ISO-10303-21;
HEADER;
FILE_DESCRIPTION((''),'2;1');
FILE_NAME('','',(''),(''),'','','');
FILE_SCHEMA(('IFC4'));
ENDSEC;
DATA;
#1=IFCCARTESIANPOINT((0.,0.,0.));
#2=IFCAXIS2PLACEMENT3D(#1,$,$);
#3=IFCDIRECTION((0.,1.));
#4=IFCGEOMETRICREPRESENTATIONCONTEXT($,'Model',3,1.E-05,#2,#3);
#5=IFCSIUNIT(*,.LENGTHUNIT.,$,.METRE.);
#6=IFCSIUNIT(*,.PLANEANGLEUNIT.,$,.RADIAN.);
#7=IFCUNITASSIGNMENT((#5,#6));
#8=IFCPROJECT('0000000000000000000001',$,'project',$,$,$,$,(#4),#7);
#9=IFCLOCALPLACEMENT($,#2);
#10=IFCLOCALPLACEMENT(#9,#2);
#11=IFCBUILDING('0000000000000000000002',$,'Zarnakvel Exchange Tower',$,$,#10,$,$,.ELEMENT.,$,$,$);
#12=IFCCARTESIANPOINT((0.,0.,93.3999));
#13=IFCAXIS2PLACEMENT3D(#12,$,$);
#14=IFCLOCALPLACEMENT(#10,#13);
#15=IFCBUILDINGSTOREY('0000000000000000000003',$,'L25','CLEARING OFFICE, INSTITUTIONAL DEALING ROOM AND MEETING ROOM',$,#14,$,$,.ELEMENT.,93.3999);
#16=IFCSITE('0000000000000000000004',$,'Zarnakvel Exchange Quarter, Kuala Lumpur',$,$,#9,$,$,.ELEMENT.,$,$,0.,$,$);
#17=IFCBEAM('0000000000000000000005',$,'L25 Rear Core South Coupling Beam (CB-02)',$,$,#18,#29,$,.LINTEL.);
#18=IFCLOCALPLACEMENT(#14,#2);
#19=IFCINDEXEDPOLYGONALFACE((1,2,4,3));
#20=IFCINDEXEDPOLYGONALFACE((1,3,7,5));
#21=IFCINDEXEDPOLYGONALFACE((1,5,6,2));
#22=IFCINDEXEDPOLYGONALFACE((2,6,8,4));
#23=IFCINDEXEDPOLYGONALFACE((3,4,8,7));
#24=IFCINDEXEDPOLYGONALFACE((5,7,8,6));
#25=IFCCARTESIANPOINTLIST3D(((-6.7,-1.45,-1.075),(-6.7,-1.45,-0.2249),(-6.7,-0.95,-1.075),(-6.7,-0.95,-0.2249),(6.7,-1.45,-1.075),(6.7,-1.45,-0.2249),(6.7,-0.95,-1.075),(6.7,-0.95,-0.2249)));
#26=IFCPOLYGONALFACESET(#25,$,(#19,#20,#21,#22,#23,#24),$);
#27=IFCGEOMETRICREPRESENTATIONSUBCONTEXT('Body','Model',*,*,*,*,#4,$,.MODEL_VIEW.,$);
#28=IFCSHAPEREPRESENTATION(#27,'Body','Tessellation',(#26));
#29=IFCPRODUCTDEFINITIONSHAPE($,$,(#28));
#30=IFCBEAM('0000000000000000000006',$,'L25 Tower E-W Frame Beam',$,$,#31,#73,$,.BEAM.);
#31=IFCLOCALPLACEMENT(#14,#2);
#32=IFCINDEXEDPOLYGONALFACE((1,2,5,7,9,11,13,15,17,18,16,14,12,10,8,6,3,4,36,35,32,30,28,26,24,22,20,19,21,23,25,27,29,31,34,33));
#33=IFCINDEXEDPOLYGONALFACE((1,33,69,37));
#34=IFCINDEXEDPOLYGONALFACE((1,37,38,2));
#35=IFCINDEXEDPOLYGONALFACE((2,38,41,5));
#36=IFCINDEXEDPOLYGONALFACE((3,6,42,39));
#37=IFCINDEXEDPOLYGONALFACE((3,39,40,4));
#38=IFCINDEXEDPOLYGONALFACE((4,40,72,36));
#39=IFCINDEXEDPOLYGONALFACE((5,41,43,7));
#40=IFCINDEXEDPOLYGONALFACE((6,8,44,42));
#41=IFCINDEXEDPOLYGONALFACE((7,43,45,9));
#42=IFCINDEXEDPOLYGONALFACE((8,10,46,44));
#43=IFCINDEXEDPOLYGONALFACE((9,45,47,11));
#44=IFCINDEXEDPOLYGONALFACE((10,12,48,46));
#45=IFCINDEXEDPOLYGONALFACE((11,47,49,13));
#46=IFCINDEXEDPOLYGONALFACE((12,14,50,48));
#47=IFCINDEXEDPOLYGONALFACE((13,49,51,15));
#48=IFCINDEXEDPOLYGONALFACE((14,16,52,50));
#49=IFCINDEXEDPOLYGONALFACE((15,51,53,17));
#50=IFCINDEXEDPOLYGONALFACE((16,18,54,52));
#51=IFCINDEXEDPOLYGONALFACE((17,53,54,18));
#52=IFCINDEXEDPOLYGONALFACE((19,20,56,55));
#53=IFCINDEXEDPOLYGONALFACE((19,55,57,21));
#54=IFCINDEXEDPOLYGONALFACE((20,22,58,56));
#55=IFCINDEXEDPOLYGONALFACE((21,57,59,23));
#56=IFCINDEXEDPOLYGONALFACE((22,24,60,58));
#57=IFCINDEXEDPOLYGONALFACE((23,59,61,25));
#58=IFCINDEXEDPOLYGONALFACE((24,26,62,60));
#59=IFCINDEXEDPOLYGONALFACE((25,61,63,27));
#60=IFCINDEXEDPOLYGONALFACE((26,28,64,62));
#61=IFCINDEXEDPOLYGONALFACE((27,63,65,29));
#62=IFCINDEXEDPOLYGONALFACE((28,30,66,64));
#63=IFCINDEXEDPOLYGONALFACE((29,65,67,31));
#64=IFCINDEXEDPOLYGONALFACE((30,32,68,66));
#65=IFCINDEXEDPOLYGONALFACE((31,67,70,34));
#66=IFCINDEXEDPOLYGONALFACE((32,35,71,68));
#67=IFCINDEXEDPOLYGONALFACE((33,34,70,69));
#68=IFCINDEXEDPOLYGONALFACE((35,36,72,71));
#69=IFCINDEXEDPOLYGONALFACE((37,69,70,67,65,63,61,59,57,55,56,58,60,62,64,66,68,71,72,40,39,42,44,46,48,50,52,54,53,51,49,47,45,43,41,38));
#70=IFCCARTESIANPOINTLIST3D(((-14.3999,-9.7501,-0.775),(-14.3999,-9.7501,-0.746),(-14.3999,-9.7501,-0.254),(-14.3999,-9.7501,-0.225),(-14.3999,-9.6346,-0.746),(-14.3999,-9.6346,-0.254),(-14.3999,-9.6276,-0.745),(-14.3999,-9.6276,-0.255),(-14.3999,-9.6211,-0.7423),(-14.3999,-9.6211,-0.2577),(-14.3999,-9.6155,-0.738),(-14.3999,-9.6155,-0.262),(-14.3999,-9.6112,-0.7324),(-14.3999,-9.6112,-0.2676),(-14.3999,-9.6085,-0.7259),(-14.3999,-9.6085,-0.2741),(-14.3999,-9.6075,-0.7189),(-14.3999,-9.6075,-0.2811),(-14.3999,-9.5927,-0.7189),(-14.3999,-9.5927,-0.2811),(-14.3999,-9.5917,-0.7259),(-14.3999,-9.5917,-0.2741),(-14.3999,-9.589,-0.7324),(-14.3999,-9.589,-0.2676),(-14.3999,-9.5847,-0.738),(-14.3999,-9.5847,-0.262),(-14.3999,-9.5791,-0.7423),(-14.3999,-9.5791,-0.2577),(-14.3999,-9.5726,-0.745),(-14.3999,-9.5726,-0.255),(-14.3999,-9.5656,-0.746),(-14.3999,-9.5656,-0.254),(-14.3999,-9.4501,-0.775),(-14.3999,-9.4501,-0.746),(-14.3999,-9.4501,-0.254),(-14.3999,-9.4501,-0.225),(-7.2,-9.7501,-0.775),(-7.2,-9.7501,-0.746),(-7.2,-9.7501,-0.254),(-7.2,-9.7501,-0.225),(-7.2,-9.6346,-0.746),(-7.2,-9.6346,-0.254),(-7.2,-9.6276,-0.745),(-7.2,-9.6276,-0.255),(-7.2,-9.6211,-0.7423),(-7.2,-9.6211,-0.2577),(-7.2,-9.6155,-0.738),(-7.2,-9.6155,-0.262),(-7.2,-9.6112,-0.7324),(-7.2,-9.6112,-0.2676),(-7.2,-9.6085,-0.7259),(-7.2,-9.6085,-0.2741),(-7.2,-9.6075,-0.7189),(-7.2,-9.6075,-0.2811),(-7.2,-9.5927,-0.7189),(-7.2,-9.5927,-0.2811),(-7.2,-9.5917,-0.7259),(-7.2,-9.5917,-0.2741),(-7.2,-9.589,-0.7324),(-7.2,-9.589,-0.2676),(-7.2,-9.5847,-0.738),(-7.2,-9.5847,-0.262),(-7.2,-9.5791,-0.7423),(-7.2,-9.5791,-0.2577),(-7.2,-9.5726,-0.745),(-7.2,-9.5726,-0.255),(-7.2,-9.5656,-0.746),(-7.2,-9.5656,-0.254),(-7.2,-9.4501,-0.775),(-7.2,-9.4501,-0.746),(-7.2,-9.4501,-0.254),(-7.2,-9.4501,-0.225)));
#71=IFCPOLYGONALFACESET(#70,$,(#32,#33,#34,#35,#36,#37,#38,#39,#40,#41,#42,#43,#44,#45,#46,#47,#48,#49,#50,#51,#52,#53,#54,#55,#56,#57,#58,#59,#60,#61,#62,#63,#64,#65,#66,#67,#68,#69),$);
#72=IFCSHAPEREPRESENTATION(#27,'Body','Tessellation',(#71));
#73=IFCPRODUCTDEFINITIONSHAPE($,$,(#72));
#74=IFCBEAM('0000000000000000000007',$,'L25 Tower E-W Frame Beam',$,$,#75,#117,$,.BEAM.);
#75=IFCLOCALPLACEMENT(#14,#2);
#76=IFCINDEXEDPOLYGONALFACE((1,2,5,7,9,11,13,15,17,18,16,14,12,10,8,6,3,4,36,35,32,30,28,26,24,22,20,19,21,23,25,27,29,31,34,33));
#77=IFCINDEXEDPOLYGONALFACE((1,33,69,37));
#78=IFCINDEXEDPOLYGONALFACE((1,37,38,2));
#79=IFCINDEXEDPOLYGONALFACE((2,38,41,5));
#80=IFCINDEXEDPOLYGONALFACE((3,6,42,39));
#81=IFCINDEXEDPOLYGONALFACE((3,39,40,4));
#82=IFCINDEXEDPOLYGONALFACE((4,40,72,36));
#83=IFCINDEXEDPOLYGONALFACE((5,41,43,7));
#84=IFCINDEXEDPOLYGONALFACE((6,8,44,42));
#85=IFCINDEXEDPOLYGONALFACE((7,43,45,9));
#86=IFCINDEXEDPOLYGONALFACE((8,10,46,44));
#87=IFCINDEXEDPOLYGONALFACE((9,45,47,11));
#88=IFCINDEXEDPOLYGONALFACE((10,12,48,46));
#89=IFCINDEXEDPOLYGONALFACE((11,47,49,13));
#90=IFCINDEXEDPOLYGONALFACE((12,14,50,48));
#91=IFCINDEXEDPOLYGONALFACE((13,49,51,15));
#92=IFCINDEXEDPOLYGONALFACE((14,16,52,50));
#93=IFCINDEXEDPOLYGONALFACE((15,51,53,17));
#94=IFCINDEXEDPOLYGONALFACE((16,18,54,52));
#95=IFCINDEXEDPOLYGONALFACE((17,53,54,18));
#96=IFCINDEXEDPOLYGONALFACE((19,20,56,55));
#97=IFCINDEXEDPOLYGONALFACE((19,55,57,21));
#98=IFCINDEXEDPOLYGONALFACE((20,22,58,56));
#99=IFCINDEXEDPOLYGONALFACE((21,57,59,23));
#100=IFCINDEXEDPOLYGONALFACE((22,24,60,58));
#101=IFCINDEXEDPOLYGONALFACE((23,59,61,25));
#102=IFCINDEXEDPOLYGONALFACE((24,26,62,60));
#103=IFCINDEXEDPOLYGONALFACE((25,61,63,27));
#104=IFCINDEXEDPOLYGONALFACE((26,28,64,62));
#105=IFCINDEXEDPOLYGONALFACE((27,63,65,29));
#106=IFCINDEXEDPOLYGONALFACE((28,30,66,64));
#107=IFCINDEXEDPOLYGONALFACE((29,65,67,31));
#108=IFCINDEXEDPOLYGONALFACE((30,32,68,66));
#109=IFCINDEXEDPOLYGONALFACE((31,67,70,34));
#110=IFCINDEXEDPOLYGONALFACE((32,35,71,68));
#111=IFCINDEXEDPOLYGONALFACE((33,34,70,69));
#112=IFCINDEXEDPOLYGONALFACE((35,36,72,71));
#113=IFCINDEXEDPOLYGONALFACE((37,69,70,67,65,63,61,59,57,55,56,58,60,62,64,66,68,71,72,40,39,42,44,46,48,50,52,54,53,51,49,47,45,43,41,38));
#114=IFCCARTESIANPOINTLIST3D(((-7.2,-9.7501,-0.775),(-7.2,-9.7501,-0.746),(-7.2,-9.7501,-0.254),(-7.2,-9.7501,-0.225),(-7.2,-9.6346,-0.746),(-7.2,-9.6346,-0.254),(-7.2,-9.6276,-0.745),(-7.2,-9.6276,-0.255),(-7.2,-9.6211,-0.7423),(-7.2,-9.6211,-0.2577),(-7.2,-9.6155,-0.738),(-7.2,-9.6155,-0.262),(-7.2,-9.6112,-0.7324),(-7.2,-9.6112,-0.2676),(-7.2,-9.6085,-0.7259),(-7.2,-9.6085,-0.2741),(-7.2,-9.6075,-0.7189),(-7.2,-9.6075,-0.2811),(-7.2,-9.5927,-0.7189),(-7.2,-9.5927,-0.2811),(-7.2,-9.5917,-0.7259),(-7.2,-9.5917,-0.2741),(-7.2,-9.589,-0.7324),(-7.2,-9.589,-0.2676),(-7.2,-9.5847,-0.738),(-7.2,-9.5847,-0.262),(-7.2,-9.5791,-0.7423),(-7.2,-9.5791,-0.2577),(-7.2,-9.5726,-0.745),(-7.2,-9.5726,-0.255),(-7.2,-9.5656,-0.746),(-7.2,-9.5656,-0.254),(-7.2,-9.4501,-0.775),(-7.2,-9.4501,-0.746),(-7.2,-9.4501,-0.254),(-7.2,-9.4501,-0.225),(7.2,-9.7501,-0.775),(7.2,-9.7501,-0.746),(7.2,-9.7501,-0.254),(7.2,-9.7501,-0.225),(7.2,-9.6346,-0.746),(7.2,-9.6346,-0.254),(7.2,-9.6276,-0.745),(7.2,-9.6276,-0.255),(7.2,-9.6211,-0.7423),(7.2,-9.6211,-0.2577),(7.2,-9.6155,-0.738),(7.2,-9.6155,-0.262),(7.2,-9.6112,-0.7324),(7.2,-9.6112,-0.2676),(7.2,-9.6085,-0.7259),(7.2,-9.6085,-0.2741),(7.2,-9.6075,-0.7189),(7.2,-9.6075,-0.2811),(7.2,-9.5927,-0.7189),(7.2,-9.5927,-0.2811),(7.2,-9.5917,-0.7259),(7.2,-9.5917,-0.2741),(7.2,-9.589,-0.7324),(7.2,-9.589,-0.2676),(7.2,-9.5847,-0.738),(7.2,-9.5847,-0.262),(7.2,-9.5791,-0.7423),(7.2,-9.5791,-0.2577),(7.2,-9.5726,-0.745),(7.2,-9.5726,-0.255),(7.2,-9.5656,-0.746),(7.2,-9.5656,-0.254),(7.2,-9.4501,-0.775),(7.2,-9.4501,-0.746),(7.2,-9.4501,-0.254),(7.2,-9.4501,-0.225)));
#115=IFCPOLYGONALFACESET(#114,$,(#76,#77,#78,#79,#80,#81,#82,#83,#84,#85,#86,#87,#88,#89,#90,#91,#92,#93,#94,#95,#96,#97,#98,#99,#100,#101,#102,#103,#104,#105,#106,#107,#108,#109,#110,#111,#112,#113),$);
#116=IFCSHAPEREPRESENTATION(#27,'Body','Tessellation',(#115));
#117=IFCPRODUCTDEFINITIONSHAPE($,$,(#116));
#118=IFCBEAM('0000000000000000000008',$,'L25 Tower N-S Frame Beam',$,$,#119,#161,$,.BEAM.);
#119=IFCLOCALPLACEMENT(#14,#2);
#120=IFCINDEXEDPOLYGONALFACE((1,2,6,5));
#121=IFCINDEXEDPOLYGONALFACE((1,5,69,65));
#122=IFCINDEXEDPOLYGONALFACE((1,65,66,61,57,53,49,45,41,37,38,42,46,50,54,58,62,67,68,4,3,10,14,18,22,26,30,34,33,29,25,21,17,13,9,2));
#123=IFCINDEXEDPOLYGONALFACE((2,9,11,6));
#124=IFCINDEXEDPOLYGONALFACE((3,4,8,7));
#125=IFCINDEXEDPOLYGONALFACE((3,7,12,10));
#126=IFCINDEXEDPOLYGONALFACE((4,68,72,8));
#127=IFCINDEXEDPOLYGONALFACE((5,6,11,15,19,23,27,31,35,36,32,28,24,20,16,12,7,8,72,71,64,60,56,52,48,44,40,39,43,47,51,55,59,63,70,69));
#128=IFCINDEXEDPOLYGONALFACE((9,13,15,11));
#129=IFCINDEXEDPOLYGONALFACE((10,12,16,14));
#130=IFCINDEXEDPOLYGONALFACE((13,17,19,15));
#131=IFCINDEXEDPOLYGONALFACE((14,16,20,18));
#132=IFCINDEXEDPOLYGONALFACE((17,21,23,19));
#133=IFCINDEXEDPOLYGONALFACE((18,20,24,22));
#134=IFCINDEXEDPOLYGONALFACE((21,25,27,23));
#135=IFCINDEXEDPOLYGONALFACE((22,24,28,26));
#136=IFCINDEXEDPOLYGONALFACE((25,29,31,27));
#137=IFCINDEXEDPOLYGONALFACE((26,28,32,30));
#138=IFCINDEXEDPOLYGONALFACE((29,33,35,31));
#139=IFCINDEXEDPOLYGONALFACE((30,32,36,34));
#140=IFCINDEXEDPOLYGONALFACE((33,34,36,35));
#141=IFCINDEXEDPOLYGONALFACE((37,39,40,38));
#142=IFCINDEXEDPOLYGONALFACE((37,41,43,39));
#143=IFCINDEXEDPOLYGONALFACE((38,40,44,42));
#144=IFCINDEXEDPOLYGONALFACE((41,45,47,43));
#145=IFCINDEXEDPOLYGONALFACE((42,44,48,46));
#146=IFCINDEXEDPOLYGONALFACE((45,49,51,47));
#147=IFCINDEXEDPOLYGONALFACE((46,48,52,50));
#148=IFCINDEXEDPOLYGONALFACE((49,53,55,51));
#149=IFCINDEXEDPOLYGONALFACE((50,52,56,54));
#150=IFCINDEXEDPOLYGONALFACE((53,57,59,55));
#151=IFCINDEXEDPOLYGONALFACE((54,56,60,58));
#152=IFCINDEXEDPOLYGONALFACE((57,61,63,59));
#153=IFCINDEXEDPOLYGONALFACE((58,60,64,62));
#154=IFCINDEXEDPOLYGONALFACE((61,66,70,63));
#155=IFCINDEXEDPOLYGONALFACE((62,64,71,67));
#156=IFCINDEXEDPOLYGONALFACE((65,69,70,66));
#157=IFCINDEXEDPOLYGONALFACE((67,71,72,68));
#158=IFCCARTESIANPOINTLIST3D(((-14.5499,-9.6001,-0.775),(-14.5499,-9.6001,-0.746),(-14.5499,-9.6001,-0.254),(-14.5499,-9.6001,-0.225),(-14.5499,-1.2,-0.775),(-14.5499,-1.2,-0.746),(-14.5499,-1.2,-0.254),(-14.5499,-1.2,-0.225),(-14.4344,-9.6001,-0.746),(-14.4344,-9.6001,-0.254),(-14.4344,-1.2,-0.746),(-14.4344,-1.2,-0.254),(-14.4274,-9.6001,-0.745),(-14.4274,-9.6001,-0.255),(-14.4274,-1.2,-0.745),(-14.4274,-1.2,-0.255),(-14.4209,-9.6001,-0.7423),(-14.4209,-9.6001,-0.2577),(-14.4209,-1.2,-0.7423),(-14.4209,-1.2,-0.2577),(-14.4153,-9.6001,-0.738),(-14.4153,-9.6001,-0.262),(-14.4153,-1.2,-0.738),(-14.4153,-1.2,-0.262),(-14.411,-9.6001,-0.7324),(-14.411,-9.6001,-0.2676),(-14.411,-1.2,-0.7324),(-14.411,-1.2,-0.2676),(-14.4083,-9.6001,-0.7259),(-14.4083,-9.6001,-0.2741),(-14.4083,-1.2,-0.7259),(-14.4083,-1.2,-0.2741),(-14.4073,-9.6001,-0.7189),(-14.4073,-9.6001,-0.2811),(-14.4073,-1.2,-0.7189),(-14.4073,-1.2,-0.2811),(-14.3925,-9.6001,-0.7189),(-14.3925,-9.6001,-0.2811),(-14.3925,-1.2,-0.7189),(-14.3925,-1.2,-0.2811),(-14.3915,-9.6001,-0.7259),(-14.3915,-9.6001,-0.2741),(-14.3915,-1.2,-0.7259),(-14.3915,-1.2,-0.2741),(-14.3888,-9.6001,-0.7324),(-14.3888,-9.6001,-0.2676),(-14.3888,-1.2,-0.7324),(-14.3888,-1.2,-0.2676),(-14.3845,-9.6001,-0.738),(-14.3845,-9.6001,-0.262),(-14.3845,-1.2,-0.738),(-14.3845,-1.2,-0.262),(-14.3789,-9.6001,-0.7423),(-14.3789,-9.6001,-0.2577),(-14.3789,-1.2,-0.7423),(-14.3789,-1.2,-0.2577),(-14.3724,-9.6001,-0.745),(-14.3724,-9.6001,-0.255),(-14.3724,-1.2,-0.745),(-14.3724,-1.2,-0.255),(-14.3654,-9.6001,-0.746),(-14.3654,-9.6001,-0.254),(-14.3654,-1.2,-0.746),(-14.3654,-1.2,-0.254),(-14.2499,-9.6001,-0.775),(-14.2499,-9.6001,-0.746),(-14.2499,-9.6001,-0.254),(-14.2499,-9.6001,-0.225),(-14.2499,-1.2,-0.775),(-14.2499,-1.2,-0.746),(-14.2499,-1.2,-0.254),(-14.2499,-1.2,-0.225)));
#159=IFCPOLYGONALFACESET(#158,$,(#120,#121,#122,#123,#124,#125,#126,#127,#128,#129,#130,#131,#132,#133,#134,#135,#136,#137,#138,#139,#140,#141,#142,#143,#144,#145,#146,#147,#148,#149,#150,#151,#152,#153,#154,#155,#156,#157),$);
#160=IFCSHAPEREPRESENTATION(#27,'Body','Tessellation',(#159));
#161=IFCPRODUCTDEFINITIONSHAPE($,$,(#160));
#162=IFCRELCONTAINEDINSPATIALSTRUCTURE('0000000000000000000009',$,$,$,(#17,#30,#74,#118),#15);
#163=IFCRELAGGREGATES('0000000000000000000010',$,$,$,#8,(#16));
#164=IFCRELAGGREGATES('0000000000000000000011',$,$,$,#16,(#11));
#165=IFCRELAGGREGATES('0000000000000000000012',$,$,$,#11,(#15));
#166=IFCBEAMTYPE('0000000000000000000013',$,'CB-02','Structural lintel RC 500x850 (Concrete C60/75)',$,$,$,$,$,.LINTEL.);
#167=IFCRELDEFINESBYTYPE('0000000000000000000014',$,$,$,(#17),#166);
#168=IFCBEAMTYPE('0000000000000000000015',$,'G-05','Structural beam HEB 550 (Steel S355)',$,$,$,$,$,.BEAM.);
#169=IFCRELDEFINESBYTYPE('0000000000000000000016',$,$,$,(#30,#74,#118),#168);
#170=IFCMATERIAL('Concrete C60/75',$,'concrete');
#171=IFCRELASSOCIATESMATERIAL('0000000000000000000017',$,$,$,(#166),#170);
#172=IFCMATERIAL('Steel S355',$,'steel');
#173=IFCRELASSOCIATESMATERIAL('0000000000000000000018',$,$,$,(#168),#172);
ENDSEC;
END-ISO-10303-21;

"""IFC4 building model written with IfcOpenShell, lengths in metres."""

from ifc_helpers import new_model, si_unit, direction, frame, origin, origin_2d, place, context, subcontext, project, spatial, rectangle, i_section, extrude, material, material_profile, profile_set, type_object, element, save


model = new_model("IFC4")

# Units and contexts
model_context = context("Model", 3, precision=1e-05, world=origin(), true_north=direction((0.0, 1.0)))
body_context = subcontext(model_context, "Body", "Model", "MODEL_VIEW")
ifc_project = project(units=[si_unit("LENGTHUNIT", "METRE"), si_unit("PLANEANGLEUNIT", "RADIAN")], contexts=[model_context])

# Site, building, storey
site_placement = place(None, origin())
site = spatial("IfcSite", under=ifc_project, at=site_placement, Name="Zarnakvel Exchange Quarter, Kuala Lumpur", CompositionType="ELEMENT", RefElevation=0.0)
building_placement = place(site_placement, origin())
building = spatial("IfcBuilding", under=site, at=building_placement, Name="Zarnakvel Exchange Tower", CompositionType="ELEMENT")
storey_placement = place(building_placement, frame((0.0, 0.0, 93.3999)))
storey = spatial("IfcBuildingStorey", under=building, at=storey_placement, Name="L25", Description="CLEARING OFFICE, INSTITUTIONAL DEALING ROOM AND MEETING ROOM", CompositionType="ELEMENT", Elevation=93.3999)

# Shared definitions
ifc_material_1 = material(Name="Concrete C60/75", Category="concrete")

# Beams
ifc_material_2 = material(Name="Steel S355", Category="steel")
ifc_material_profile_1 = material_profile(ifc_material_1, rectangle(XDim=0.5, YDim=0.8501, at=origin_2d()))
ifc_profile_set_1 = profile_set([ifc_material_profile_1], Name="Concrete C60/75")
beam_type_1 = type_object("IfcBeamType", Name="CB-02", Description="Structural lintel RC 500x850 (Concrete C60/75)", PredefinedType="LINTEL", material=ifc_profile_set_1)
beam_1_placement = place(storey_placement, frame((-6.7, -1.2, -0.6499), z_axis=(1.0, 0.0, 0.0), x_axis=(0.0, 1.0, 0.0)))
element("IfcBeam", 1, at=beam_1_placement, inside=storey, type_object=beam_type_1, Name="L25 Rear Core South Coupling Beam (CB-02)", PredefinedType="LINTEL", context=body_context, shape_type="SweptSolid", body=[
    extrude(rectangle(XDim=0.5, YDim=0.8501, at=origin_2d()), origin(), (0.0, 0.0, 1.0), 13.3999),
])
ifc_material_profile_2 = material_profile(ifc_material_2, i_section(OverallWidth=0.3, OverallDepth=0.55, WebThickness=0.0149, FlangeThickness=0.0291, FilletRadius=0.0271, at=origin_2d()))
ifc_profile_set_2 = profile_set([ifc_material_profile_2], Name="Steel S355")
beam_type_2 = type_object("IfcBeamType", Name="G-05", Description="Structural beam HEB 550 (Steel S355)", PredefinedType="BEAM", material=ifc_profile_set_2)
beam_2_placement = place(storey_placement, frame((-14.3999, -9.6001, -0.5), z_axis=(1.0, 0.0, 0.0), x_axis=(0.0, 1.0, 0.0)))
element("IfcBeam", 2, at=beam_2_placement, inside=storey, type_object=beam_type_2, Name="L25 Tower E-W Frame Beam", PredefinedType="BEAM", context=body_context, shape_type="SweptSolid", body=[
    extrude(i_section(OverallWidth=0.3, OverallDepth=0.55, WebThickness=0.0149, FlangeThickness=0.0291, FilletRadius=0.0271, at=origin_2d()), origin(), (0.0, 0.0, 1.0), 7.2),
])
beam_3_placement = place(storey_placement, frame((-7.2, -9.6001, -0.5), z_axis=(1.0, 0.0, 0.0), x_axis=(0.0, 1.0, 0.0)))
element("IfcBeam", 3, at=beam_3_placement, inside=storey, type_object=beam_type_2, Name="L25 Tower E-W Frame Beam", PredefinedType="BEAM", context=body_context, shape_type="SweptSolid", body=[
    extrude(i_section(OverallWidth=0.3, OverallDepth=0.55, WebThickness=0.0149, FlangeThickness=0.0291, FilletRadius=0.0271, at=origin_2d()), origin(), (0.0, 0.0, 1.0), 14.3999),
])
for number, where, z_axis, x_axis, name in (
    (4, (-14.3999, -9.6001, -0.5), (0.0, 1.0, 0.0), (-1.0, 0.0, 0.0), "L25 Tower N-S Frame Beam"),
):
    element("IfcBeam", number, at=place(storey_placement, frame(where, z_axis=z_axis, x_axis=x_axis)), inside=storey, type_object=beam_type_2, Name=name, PredefinedType="BEAM", context=body_context, shape_type="SweptSolid", body=[
        extrude(i_section(OverallWidth=0.3, OverallDepth=0.55, WebThickness=0.0149, FlangeThickness=0.0291, FilletRadius=0.0271, at=origin_2d()), origin(), (0.0, 0.0, 1.0), 8.4001),
    ])

save(model, "model.ifc")
